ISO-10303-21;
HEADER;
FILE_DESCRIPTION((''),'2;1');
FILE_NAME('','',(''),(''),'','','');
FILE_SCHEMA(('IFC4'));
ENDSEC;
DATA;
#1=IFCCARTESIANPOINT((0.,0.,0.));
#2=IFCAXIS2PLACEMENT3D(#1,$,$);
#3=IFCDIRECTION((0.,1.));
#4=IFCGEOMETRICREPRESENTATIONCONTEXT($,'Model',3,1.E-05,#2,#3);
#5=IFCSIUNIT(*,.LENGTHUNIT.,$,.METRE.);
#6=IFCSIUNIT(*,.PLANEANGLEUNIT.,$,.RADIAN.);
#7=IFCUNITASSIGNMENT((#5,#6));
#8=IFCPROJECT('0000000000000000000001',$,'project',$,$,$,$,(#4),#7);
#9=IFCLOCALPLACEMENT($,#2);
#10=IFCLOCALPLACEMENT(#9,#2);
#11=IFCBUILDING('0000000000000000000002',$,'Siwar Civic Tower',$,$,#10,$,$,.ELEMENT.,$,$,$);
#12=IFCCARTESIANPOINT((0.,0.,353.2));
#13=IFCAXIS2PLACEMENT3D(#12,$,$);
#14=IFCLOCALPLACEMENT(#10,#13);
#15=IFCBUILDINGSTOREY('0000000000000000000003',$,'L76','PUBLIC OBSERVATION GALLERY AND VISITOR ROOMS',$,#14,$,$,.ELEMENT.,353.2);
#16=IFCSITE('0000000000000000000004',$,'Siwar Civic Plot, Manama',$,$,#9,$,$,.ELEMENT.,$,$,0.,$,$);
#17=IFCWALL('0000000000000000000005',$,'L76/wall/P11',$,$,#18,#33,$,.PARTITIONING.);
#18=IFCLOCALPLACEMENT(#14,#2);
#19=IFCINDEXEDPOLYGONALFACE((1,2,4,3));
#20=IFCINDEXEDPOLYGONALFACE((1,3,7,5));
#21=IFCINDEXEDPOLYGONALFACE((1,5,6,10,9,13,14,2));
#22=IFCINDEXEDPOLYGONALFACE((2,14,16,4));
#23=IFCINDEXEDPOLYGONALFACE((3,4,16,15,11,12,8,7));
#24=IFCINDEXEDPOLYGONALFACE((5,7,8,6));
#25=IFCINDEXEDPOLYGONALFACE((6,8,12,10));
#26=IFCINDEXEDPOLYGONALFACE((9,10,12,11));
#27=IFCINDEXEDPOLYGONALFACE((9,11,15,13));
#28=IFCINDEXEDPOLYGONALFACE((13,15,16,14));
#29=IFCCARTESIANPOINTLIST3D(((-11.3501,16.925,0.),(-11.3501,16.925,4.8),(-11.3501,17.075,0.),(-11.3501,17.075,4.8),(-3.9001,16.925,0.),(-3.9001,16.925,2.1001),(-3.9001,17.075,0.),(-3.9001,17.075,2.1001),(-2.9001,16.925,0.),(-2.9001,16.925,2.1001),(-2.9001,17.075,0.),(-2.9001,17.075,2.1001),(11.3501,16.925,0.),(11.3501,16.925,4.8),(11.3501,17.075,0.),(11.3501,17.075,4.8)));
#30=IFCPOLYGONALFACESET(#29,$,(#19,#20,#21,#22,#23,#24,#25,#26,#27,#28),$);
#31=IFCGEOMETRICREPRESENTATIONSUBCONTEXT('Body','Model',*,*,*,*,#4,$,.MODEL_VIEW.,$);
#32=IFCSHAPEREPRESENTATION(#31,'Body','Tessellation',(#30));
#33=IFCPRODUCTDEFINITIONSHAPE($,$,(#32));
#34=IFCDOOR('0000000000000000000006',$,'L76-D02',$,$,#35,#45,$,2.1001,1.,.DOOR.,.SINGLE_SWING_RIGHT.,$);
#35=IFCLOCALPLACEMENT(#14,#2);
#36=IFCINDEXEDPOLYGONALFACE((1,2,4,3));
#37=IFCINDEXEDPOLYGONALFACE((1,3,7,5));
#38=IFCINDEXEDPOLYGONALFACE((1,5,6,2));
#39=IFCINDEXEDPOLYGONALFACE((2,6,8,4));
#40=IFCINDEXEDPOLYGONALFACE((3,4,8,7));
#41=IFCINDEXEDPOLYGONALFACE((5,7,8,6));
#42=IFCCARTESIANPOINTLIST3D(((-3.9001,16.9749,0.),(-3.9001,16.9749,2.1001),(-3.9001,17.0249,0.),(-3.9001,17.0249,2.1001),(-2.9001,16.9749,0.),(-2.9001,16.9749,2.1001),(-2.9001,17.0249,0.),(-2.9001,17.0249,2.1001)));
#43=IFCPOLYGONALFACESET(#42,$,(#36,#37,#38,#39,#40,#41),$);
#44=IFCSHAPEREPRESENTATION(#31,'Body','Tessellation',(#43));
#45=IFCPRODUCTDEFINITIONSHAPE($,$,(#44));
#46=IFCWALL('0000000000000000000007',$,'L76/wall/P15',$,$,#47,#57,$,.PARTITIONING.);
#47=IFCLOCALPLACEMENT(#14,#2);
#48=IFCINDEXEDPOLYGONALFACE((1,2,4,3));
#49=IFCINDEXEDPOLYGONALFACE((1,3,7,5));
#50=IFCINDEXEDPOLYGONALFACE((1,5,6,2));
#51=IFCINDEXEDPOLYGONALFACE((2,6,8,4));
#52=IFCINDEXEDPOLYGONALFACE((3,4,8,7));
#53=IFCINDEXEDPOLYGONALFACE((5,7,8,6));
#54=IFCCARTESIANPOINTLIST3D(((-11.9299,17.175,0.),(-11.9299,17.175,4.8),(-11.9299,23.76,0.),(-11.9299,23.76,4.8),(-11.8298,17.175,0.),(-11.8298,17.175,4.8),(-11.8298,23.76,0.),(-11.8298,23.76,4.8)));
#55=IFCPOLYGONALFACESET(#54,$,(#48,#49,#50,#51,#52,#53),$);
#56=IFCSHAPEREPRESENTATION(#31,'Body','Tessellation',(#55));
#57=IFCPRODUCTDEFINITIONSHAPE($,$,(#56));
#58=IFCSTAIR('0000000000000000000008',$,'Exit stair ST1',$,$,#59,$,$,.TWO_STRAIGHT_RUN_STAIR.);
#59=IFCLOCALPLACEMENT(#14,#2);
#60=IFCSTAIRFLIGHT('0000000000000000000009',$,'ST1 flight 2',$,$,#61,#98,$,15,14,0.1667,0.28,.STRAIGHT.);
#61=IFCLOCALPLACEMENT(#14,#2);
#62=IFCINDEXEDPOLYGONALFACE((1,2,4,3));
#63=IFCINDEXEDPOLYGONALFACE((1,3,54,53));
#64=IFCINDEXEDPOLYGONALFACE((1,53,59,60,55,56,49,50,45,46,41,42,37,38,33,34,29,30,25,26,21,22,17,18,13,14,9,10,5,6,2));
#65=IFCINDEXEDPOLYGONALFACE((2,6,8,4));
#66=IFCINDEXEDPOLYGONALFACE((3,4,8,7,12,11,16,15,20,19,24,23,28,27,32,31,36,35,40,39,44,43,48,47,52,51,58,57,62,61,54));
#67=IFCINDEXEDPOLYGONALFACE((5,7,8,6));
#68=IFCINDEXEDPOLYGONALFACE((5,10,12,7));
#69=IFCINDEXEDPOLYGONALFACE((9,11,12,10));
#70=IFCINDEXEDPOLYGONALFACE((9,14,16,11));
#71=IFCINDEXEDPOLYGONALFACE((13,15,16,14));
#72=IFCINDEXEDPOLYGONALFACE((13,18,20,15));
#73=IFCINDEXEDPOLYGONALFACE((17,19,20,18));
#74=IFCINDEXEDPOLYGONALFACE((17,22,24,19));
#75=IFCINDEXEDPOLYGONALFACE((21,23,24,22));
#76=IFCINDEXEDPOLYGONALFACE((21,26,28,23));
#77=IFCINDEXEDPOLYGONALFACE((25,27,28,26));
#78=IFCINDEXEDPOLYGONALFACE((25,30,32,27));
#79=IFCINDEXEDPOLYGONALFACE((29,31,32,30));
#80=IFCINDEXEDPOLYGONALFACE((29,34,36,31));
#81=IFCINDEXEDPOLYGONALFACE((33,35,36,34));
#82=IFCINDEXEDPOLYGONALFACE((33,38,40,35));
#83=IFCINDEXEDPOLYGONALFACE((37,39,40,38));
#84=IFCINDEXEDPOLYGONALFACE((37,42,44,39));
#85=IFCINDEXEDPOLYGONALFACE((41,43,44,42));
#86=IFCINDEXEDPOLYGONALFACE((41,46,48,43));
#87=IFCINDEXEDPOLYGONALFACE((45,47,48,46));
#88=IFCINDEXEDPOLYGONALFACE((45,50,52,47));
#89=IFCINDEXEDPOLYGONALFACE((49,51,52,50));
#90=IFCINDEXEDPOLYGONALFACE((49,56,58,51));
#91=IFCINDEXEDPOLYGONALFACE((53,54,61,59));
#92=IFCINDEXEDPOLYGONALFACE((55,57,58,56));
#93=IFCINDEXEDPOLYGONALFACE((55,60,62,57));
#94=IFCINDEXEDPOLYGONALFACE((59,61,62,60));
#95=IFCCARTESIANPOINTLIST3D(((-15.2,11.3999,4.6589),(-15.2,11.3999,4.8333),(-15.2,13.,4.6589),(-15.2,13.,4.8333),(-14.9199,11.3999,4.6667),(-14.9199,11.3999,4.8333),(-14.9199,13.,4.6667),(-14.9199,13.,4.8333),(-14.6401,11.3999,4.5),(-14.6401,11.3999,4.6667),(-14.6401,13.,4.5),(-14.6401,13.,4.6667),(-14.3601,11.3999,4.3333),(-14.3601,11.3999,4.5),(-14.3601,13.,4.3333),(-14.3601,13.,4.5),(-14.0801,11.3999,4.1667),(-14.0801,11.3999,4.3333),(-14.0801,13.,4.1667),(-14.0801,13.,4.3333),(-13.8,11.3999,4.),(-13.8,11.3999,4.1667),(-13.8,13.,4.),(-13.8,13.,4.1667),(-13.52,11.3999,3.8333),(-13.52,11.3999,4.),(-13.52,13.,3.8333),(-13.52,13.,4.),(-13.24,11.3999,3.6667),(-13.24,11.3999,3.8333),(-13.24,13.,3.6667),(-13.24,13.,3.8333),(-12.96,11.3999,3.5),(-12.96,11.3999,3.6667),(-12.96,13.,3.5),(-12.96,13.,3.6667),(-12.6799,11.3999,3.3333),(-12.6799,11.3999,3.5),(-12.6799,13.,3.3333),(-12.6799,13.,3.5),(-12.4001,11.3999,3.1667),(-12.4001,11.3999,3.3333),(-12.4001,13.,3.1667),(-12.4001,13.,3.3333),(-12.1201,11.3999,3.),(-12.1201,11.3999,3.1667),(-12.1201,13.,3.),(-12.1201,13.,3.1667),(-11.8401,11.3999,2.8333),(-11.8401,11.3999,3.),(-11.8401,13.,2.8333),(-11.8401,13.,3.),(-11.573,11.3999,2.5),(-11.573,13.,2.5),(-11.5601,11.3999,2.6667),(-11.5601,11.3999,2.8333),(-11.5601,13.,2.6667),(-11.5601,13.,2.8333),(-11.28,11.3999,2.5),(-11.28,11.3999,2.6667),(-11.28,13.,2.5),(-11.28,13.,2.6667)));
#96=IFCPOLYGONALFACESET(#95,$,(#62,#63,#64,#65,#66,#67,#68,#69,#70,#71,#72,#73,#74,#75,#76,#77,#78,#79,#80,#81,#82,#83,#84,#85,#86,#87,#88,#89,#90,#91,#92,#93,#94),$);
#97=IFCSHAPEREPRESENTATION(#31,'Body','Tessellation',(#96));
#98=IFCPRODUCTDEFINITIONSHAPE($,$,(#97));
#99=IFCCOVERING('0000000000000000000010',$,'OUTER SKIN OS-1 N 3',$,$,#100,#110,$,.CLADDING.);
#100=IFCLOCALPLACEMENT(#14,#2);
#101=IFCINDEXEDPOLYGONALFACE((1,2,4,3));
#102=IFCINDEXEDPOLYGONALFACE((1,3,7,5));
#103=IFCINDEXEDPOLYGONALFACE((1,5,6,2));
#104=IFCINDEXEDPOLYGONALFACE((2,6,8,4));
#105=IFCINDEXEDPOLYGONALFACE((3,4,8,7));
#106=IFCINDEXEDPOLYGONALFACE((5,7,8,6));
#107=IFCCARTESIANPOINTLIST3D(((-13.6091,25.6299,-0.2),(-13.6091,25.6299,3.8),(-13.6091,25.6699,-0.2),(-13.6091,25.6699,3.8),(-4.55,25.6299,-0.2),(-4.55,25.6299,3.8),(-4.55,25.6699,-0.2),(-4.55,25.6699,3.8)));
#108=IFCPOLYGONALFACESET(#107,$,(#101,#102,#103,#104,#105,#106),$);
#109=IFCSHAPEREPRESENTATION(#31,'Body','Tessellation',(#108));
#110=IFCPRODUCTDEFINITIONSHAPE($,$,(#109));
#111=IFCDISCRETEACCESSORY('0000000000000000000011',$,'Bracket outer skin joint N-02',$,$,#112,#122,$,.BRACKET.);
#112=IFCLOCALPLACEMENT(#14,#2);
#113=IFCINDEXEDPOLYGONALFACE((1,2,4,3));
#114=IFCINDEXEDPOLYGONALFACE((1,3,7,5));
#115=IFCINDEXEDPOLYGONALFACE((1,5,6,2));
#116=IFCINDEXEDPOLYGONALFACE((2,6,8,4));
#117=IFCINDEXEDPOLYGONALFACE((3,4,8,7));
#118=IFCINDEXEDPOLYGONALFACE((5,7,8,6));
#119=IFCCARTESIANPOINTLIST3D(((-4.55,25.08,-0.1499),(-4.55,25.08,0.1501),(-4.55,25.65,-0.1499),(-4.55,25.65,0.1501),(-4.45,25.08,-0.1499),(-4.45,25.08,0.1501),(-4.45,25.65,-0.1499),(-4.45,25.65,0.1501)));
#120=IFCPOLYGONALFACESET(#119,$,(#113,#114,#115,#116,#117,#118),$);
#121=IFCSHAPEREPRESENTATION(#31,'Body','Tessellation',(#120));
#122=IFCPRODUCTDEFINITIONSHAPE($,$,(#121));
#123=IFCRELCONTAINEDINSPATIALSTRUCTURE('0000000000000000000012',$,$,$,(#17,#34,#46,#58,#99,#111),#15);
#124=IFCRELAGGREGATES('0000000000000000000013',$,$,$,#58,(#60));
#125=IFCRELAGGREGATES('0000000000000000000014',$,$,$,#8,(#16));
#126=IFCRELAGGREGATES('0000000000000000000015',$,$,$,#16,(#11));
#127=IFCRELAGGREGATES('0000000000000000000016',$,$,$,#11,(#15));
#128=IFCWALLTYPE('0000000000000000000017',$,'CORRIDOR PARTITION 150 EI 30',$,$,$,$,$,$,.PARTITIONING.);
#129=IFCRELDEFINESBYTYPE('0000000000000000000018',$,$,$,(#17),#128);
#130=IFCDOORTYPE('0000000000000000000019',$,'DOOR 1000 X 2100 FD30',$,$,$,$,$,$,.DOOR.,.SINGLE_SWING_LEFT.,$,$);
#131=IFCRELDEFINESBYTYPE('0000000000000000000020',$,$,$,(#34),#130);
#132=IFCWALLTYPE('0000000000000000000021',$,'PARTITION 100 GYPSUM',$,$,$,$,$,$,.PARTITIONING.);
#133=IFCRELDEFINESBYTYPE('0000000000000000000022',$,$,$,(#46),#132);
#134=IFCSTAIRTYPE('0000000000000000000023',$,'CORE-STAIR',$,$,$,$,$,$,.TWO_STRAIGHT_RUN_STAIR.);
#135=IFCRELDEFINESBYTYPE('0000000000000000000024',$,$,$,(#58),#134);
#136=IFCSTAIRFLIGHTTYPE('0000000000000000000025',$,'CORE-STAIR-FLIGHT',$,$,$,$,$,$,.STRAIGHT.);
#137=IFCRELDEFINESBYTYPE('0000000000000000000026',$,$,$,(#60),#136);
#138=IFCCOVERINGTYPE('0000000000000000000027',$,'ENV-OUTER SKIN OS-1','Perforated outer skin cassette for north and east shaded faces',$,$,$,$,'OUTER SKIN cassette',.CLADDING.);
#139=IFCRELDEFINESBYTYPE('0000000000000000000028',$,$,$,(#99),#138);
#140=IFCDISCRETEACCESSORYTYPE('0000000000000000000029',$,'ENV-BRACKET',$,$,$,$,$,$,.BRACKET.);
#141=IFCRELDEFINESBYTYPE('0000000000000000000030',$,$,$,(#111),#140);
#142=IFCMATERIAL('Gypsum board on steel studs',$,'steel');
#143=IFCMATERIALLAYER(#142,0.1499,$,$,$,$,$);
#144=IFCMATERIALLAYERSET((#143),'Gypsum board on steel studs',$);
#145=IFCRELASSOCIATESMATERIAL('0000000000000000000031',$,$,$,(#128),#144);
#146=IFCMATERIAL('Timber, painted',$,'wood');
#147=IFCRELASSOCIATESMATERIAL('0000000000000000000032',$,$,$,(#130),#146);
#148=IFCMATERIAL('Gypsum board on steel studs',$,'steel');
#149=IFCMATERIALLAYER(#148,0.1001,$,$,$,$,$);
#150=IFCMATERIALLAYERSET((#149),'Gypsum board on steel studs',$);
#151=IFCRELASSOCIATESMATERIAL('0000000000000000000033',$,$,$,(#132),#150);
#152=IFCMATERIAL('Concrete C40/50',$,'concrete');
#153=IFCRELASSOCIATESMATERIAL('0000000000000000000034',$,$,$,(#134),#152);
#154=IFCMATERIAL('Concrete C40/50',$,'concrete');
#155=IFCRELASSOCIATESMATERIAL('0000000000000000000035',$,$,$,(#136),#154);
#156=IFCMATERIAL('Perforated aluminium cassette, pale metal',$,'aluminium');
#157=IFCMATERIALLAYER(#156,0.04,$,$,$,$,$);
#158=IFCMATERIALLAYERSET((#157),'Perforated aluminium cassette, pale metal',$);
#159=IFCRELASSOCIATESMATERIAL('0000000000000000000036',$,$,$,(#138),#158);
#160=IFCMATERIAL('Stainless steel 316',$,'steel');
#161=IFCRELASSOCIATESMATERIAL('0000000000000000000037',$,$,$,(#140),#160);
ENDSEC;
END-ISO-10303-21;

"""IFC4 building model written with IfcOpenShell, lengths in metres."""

from ifc_helpers import new_model, si_unit, direction, frame, frame_2d, origin, origin_2d, place, context, subcontext, project, spatial, polyline, rectangle, outline, extrude, material, layer, layer_set, type_object, element, fill, aggregate, save


model = new_model("IFC4")

# Units and contexts
model_context = context("Model", 3, precision=1e-05, world=origin(), true_north=direction((0.0, 1.0)))
body_context = subcontext(model_context, "Body", "Model", "MODEL_VIEW")
ifc_project = project(units=[si_unit("LENGTHUNIT", "METRE"), si_unit("PLANEANGLEUNIT", "RADIAN")], contexts=[model_context])

# Site, building, storey
site_placement = place(None, origin())
site = spatial("IfcSite", under=ifc_project, at=site_placement, Name="Siwar Civic Plot, Manama", CompositionType="ELEMENT", RefElevation=0.0)
building_placement = place(site_placement, origin())
building = spatial("IfcBuilding", under=site, at=building_placement, Name="Siwar Civic Tower", CompositionType="ELEMENT")
storey_placement = place(building_placement, frame((0.0, 0.0, 353.2)))
storey = spatial("IfcBuildingStorey", under=building, at=storey_placement, Name="L76", Description="PUBLIC OBSERVATION GALLERY AND VISITOR ROOMS", CompositionType="ELEMENT", Elevation=353.2)

# Shared definitions
ifc_material_1 = material(Name="Gypsum board on steel studs", Category="steel")
ifc_layer_1 = layer(ifc_material_1, 0.1499)
ifc_layer_set_1 = layer_set([ifc_layer_1], Name="Gypsum board on steel studs")
wall_type_1 = type_object("IfcWallType", Name="CORRIDOR PARTITION 150 EI 30", PredefinedType="PARTITIONING", material=ifc_layer_set_1)

# Wall, opening, door
ifc_material_2 = material(Name="Timber, painted", Category="wood")
door_type_1 = type_object("IfcDoorType", Name="DOOR 1000 X 2100 FD30", OperationType="SINGLE_SWING_LEFT", PredefinedType="DOOR", material=ifc_material_2)
wall_1_placement = place(storey_placement, frame((-11.3501, 17.0, 0.0), z_axis=(0.0, 0.0, 1.0), x_axis=(1.0, 0.0, 0.0)))
wall_1 = element("IfcWall", 1, at=wall_1_placement, inside=storey, type_object=wall_type_1, Name="L76/wall/P11", PredefinedType="PARTITIONING", context=body_context, shape_type="SweptSolid", body=[
    extrude(rectangle(XDim=22.7002, YDim=0.1499, at=frame_2d((11.3501, 0.0))), origin(), (0.0, 0.0, 1.0), 4.8),
])
opening_1_placement = place(wall_1_placement, frame((7.45, 0.0, 0.0)))
opening_1 = element("IfcOpeningElement", 2, at=opening_1_placement, cuts=wall_1, PredefinedType="OPENING", context=body_context, shape_type="SweptSolid", body=[
    extrude(rectangle(XDim=1.0, YDim=2.1001, at=frame_2d((0.5, 1.05))), frame((0.0, 0.085, 0.0), z_axis=(0.0, -1.0, 0.0), x_axis=(1.0, 0.0, 0.0)), (0.0, 0.0, 1.0), 0.1699),
])
door_1_placement = place(opening_1_placement, origin())
door_1 = element("IfcDoor", 3, at=door_1_placement, inside=storey, type_object=door_type_1, Name="L76-D02", OperationType="SINGLE_SWING_RIGHT", OverallHeight=2.1001, OverallWidth=1.0, PredefinedType="DOOR", context=body_context, shape_type="SweptSolid", body=[
    extrude(rectangle(XDim=1.0, YDim=2.1001, at=frame_2d((0.5, 1.05))), frame((0.0, 0.0249, 0.0), z_axis=(0.0, -1.0, 0.0), x_axis=(1.0, 0.0, 0.0)), (0.0, 0.0, 1.0), 0.05),
])
fill(opening_1, door_1)

# Wall
ifc_material_3 = material(Name="Gypsum board on steel studs", Category="steel")
ifc_layer_2 = layer(ifc_material_3, 0.1001)
ifc_layer_set_2 = layer_set([ifc_layer_2], Name="Gypsum board on steel studs")
wall_type_2 = type_object("IfcWallType", Name="PARTITION 100 GYPSUM", PredefinedType="PARTITIONING", material=ifc_layer_set_2)
wall_2_placement = place(storey_placement, frame((-11.8799, 17.175, 0.0), z_axis=(0.0, 0.0, 1.0), x_axis=(0.0, 1.0, 0.0)))
element("IfcWall", 4, at=wall_2_placement, inside=storey, type_object=wall_type_2, Name="L76/wall/P15", PredefinedType="PARTITIONING", context=body_context, shape_type="SweptSolid", body=[
    extrude(rectangle(XDim=6.585, YDim=0.1001, at=frame_2d((3.2925, 0.0))), origin(), (0.0, 0.0, 1.0), 4.8),
])

# Stair, stair flight
ifc_material_4 = material(Name="Concrete C40/50", Category="concrete")
stair_type = type_object("IfcStairType", Name="CORE-STAIR", PredefinedType="TWO_STRAIGHT_RUN_STAIR", material=ifc_material_4)
stair_placement = place(storey_placement, origin())
stair = element("IfcStair", 5, at=stair_placement, inside=storey, type_object=stair_type, Name="Exit stair ST1", PredefinedType="TWO_STRAIGHT_RUN_STAIR")
ifc_material_5 = material(Name="Concrete C40/50", Category="concrete")
stair_flight_type = type_object("IfcStairFlightType", Name="CORE-STAIR-FLIGHT", PredefinedType="STRAIGHT", material=ifc_material_5)
stair_flight_placement = place(storey_placement, frame((-11.28, 12.2, 2.5), z_axis=(0.0, 0.0, 1.0), x_axis=(-1.0, 0.0, 0.0)))
stair_flight = element("IfcStairFlight", 6, at=stair_flight_placement, type_object=stair_flight_type, Name="ST1 flight 2", NumberOfRisers=15, NumberOfTreads=14, PredefinedType="STRAIGHT", RiserHeight=0.1667, TreadLength=0.28, context=body_context, shape_type="SweptSolid", body=[
    extrude(outline(polyline([(0.0, 0.0), (0.0, 0.1667), (0.28, 0.1667), (0.28, 0.3333), (0.5601, 0.3333), (0.5601, 0.5), (0.8401, 0.5), (0.8401, 0.6667), (1.1201, 0.6667), (1.1201, 0.8333), (1.3999, 0.8333), (1.3999, 1.0), (1.6799, 1.0), (1.6799, 1.1667), (1.96, 1.1667), (1.96, 1.3333), (2.24, 1.3333), (2.24, 1.5), (2.52, 1.5), (2.52, 1.6667), (2.8, 1.6667), (2.8, 1.8333), (3.0801, 1.8333), (3.0801, 2.0), (3.3601, 2.0), (3.3601, 2.1667), (3.6399, 2.1667), (3.6399, 2.3333), (3.9199, 2.3333), (3.9199, 2.5), (3.9199, 2.1589), (0.293, 0.0), (0.0, 0.0)])), frame((0.0, 0.8, 0.0), z_axis=(0.0, -1.0, 0.0), x_axis=(1.0, 0.0, 0.0)), (0.0, 0.0, 1.0), 1.6001),
])
aggregate(stair, [stair_flight])

# Covering
ifc_material_6 = material(Name="Perforated aluminium cassette, pale metal", Category="aluminium")
ifc_layer_3 = layer(ifc_material_6, 0.04)
ifc_layer_set_3 = layer_set([ifc_layer_3], Name="Perforated aluminium cassette, pale metal")
covering_type = type_object("IfcCoveringType", Name="ENV-OUTER SKIN OS-1", Description="Perforated outer skin cassette for north and east shaded faces", ElementType="OUTER SKIN cassette", PredefinedType="CLADDING", material=ifc_layer_set_3)
covering_placement = place(storey_placement, frame((-9.0796, 25.6499, -0.2), z_axis=(0.0, 0.0, 1.0), x_axis=(-1.0, 0.0, 0.0)))
element("IfcCovering", 7, at=covering_placement, inside=storey, type_object=covering_type, Name="OUTER SKIN OS-1 N 3", PredefinedType="CLADDING", context=body_context, shape_type="SweptSolid", body=[
    extrude(rectangle(XDim=9.0591, YDim=0.04, at=origin_2d()), origin(), (0.0, 0.0, 1.0), 4.0),
])

# Discrete accessory
ifc_material_7 = material(Name="Stainless steel 316", Category="steel")
discrete_accessory_type = type_object("IfcDiscreteAccessoryType", Name="ENV-BRACKET", PredefinedType="BRACKET", material=ifc_material_7)
discrete_accessory_placement = place(storey_placement, frame((-4.5, 25.365, -0.1499), z_axis=(0.0, 0.0, 1.0), x_axis=(0.0, 1.0, 0.0)))
element("IfcDiscreteAccessory", 8, at=discrete_accessory_placement, inside=storey, type_object=discrete_accessory_type, Name="Bracket outer skin joint N-02", PredefinedType="BRACKET", context=body_context, shape_type="SweptSolid", body=[
    extrude(rectangle(XDim=0.5701, YDim=0.1001, at=origin_2d()), origin(), (0.0, 0.0, 1.0), 0.3),
])

save(model, "model.ifc")
